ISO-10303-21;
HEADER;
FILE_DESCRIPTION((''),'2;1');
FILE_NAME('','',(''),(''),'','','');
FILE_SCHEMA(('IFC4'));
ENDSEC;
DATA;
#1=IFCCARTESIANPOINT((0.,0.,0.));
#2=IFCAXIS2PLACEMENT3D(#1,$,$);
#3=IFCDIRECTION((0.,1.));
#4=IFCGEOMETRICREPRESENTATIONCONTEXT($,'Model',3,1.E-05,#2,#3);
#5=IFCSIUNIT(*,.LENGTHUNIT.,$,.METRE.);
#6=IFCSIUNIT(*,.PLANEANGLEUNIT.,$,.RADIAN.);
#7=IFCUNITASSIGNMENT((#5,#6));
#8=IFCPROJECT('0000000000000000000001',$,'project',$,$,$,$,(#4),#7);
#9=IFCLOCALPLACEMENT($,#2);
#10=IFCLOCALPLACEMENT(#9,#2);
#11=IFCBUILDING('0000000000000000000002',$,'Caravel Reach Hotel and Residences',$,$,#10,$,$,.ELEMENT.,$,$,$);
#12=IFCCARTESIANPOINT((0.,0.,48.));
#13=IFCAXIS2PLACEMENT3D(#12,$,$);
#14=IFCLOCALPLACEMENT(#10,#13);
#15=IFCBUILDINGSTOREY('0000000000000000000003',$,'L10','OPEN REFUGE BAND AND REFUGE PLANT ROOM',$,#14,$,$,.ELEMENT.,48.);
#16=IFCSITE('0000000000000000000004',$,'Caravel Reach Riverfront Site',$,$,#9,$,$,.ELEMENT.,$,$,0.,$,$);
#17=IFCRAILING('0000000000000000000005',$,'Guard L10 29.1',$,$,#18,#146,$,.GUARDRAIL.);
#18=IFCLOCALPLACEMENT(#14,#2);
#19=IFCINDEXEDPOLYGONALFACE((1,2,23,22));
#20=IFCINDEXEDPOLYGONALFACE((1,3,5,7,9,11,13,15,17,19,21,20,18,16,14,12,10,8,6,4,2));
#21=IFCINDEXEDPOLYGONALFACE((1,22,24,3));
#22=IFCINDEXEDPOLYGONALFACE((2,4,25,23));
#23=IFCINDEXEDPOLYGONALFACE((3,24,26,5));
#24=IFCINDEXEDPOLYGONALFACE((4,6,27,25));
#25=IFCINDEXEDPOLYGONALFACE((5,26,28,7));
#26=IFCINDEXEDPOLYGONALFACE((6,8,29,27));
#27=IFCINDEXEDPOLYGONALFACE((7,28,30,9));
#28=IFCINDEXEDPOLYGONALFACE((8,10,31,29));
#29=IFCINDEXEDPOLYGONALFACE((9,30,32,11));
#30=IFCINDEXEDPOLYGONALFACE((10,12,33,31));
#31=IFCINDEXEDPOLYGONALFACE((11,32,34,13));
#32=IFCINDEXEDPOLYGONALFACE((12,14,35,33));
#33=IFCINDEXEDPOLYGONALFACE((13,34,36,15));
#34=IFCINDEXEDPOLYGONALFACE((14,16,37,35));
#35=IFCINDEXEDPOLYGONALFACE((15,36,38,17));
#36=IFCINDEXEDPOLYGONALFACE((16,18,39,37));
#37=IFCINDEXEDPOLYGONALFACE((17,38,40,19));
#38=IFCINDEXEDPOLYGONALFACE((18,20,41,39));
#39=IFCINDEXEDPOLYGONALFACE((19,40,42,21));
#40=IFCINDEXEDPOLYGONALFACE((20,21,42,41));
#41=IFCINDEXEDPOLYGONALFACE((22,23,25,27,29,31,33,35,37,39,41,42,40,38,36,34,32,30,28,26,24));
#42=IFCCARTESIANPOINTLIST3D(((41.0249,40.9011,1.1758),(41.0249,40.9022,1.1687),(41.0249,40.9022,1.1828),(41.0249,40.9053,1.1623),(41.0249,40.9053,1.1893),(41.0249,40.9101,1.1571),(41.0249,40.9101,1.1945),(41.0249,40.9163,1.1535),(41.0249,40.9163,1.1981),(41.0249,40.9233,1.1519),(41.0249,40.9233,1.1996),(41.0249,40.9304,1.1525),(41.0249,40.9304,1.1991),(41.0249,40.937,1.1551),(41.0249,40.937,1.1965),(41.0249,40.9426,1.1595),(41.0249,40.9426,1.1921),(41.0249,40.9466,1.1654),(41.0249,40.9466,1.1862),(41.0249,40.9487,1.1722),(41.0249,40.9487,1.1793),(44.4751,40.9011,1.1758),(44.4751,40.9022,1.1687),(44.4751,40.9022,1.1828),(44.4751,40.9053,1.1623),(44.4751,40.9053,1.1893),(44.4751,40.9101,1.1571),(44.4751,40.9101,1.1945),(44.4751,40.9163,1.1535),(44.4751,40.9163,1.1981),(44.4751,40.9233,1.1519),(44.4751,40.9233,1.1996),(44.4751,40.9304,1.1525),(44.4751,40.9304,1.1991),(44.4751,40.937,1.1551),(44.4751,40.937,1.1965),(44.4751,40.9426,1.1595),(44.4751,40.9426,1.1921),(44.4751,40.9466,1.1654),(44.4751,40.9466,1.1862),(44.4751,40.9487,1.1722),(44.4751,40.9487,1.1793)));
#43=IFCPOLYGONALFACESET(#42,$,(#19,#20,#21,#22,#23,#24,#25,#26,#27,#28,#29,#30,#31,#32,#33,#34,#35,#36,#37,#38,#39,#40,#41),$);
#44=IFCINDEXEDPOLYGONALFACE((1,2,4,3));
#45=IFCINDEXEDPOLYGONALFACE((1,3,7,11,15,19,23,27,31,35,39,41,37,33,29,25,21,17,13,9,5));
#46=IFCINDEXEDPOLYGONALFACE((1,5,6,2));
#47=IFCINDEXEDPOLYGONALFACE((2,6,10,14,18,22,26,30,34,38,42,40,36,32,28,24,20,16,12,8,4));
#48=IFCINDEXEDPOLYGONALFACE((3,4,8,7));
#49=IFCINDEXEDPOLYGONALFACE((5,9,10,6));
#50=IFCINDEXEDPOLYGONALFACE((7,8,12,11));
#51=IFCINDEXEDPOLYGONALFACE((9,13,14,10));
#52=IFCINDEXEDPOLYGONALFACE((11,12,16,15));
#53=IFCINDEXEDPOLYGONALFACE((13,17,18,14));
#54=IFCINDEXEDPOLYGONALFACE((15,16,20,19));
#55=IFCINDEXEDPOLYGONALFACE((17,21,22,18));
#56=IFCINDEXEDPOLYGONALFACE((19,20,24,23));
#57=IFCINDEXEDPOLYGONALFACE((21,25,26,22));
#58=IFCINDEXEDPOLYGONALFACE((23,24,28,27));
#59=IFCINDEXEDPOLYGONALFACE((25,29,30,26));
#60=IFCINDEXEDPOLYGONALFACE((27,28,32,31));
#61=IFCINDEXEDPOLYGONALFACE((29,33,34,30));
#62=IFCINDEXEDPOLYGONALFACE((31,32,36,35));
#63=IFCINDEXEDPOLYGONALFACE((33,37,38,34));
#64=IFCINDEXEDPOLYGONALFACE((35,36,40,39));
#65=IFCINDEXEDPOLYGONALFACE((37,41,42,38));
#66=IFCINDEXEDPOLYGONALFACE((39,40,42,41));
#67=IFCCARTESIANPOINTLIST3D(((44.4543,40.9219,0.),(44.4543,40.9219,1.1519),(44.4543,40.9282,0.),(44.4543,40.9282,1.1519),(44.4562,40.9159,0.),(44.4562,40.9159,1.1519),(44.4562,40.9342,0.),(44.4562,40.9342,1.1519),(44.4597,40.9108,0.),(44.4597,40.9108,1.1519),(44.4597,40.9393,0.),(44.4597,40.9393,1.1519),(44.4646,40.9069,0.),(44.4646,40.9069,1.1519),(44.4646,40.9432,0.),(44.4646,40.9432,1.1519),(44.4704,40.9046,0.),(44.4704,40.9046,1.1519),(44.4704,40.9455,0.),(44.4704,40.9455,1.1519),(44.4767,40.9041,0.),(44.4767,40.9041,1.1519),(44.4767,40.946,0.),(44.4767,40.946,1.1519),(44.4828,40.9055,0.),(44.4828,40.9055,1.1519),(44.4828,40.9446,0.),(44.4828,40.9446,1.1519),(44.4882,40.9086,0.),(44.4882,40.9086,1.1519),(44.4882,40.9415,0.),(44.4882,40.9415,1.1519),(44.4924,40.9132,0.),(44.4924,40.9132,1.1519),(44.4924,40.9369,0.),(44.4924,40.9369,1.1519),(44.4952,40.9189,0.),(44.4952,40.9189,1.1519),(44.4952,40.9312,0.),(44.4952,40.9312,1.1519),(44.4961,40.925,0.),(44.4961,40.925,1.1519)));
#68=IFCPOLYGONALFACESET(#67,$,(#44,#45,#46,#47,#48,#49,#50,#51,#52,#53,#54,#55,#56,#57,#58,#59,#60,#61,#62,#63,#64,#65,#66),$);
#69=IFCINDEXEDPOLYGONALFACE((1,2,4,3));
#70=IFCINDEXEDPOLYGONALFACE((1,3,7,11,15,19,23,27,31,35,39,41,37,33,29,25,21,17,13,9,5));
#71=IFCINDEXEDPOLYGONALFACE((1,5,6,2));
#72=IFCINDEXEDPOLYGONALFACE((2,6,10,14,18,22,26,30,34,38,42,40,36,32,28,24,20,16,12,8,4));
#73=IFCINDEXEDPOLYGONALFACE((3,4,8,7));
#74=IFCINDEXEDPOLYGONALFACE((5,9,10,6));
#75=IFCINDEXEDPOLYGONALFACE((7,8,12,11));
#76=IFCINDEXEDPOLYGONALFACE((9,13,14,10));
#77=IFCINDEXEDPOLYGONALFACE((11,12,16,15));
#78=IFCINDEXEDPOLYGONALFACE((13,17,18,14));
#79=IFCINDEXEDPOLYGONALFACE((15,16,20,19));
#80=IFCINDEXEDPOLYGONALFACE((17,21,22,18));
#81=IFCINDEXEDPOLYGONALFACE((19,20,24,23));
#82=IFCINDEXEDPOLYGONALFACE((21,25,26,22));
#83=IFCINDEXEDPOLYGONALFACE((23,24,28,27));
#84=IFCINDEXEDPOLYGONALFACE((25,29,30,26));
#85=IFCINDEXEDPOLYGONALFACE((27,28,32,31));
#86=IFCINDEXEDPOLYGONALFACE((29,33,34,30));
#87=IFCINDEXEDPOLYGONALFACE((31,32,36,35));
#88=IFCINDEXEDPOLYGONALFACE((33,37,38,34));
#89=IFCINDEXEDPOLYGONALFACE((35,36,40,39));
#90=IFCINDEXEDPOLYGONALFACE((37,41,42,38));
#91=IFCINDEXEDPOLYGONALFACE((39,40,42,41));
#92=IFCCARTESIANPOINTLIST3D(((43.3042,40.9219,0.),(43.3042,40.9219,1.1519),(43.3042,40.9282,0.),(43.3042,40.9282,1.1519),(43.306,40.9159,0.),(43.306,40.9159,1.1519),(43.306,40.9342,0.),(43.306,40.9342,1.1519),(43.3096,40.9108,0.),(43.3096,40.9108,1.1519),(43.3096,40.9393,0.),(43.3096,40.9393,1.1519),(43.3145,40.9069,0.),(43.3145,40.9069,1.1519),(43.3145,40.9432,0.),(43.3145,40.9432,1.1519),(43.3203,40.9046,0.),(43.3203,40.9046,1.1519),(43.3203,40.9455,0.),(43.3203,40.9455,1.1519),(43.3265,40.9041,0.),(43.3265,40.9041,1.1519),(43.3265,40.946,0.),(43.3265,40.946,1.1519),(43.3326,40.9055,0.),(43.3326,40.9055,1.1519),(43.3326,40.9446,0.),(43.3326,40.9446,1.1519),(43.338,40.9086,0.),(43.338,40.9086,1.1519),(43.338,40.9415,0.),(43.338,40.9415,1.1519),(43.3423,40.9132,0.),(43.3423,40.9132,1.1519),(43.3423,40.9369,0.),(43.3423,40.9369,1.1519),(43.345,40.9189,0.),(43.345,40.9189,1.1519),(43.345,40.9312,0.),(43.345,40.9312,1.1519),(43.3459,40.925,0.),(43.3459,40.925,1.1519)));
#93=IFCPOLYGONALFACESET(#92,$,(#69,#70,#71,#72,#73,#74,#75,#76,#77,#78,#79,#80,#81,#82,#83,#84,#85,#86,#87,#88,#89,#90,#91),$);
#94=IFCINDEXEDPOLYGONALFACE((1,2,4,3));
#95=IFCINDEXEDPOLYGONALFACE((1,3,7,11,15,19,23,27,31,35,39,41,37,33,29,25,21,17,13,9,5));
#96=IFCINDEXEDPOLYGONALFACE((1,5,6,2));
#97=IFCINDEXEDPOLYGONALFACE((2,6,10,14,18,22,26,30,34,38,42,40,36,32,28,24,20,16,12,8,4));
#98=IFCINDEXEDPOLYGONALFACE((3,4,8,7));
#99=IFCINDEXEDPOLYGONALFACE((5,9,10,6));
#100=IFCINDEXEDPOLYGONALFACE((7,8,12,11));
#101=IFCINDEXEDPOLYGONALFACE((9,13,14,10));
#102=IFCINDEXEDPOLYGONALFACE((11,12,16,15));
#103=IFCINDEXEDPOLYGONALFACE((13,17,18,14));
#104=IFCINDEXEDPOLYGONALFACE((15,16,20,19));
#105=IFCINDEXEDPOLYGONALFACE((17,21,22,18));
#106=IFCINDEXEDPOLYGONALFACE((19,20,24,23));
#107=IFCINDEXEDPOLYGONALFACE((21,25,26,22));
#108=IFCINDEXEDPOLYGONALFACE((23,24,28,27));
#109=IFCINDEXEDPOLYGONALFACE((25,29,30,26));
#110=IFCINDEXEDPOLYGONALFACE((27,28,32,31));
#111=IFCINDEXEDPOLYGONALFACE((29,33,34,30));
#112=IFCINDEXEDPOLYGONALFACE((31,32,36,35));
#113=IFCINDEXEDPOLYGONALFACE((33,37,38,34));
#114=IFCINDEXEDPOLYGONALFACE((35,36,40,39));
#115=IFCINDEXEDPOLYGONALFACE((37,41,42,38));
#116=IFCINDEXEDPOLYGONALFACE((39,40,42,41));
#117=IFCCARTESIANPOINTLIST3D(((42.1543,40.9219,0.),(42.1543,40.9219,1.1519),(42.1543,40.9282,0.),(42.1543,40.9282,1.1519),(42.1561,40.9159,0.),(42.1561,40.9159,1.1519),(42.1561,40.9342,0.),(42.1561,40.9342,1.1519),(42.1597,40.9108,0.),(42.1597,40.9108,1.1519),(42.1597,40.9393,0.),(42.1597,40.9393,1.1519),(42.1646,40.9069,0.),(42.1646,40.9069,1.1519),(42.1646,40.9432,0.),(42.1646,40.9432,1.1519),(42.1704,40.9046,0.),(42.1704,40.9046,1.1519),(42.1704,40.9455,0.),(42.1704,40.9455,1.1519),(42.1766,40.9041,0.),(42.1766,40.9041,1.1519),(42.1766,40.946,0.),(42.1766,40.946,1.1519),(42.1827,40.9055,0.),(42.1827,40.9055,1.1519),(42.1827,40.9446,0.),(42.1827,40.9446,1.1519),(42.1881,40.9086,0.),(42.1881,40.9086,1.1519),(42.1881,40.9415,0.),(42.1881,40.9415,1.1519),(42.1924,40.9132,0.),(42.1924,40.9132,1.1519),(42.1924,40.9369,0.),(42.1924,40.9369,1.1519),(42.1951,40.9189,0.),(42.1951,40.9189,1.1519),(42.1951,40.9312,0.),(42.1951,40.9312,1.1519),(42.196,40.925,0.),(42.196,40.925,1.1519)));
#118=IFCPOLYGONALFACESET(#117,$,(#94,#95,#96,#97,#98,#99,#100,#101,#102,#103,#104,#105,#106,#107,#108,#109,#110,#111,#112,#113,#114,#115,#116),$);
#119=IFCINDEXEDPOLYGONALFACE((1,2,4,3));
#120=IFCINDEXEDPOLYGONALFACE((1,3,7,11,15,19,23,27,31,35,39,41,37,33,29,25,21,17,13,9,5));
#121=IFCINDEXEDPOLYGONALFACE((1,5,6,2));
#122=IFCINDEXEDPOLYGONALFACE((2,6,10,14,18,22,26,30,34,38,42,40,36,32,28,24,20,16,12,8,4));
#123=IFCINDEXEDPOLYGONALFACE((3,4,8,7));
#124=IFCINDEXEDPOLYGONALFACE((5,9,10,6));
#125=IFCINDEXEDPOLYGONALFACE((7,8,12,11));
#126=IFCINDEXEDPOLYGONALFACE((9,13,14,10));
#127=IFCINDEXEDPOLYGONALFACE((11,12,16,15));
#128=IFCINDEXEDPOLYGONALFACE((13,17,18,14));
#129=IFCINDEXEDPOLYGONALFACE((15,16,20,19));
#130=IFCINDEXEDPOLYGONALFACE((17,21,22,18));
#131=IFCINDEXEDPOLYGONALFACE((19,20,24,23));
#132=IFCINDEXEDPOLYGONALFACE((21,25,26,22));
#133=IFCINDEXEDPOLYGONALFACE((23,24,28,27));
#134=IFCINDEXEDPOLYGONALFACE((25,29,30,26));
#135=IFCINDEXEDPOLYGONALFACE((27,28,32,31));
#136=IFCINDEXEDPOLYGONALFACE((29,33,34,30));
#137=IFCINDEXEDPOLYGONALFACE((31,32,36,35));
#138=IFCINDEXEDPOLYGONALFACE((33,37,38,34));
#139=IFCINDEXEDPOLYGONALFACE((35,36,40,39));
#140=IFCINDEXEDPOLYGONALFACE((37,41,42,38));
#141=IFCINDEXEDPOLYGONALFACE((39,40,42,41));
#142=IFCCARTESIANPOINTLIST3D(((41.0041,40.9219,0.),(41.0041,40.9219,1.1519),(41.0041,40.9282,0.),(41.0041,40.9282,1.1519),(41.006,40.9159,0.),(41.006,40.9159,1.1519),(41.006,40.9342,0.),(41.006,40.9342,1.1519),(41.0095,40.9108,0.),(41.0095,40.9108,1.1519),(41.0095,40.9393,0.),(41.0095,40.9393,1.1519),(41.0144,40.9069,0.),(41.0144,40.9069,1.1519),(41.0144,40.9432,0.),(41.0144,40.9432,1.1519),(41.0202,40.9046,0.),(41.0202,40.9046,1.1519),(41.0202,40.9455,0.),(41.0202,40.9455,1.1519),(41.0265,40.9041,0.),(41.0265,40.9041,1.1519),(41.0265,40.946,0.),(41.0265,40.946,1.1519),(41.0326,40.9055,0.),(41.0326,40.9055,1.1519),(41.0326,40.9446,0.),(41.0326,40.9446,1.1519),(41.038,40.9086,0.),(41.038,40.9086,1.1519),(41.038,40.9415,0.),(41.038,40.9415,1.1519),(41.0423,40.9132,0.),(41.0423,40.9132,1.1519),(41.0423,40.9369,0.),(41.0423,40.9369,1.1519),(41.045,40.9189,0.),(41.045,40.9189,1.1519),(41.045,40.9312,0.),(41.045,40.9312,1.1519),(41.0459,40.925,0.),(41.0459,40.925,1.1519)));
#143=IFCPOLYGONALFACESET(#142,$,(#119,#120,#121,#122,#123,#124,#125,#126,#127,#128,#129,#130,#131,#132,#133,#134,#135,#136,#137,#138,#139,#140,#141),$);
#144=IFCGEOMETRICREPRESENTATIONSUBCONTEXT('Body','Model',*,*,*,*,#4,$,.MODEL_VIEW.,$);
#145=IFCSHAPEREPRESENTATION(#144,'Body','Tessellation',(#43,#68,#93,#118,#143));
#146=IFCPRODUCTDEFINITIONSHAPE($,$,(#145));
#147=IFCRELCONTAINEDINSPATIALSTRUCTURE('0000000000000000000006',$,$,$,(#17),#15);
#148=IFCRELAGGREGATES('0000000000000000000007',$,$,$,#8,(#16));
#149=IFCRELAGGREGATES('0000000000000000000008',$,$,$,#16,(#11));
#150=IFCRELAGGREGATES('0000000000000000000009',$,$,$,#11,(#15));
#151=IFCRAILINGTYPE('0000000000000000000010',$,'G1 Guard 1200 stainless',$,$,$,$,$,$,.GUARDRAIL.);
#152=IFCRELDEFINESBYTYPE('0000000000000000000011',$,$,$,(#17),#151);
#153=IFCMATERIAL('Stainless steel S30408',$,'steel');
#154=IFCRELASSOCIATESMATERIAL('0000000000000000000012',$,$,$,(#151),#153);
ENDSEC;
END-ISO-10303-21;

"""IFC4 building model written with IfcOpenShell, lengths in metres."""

from ifc_helpers import new_model, si_unit, direction, frame, origin, origin_2d, place, context, subcontext, project, spatial, circle, extrude, material, type_object, element, save


model = new_model("IFC4")

# Units and contexts
model_context = context("Model", 3, precision=1e-05, world=origin(), true_north=direction((0.0, 1.0)))
body_context = subcontext(model_context, "Body", "Model", "MODEL_VIEW")
ifc_project = project(units=[si_unit("LENGTHUNIT", "METRE"), si_unit("PLANEANGLEUNIT", "RADIAN")], contexts=[model_context])

# Site, building, storey
site_placement = place(None, origin())
site = spatial("IfcSite", under=ifc_project, at=site_placement, Name="Caravel Reach Riverfront Site", CompositionType="ELEMENT", RefElevation=0.0)
building_placement = place(site_placement, origin())
building = spatial("IfcBuilding", under=site, at=building_placement, Name="Caravel Reach Hotel and Residences", CompositionType="ELEMENT")
storey_placement = place(building_placement, frame((0.0, 0.0, 48.0)))
storey = spatial("IfcBuildingStorey", under=building, at=storey_placement, Name="L10", Description="OPEN REFUGE BAND AND REFUGE PLANT ROOM", CompositionType="ELEMENT", Elevation=48.0)

# Railing
ifc_material_1 = material(Name="Stainless steel S30408", Category="steel")
railing_type = type_object("IfcRailingType", Name="G1 Guard 1200 stainless", PredefinedType="GUARDRAIL", material=ifc_material_1)
railing_1_placement = place(storey_placement, frame((44.4751, 40.925, 0.0)))
element("IfcRailing", 1, at=railing_1_placement, inside=storey, type_object=railing_type, Name="Guard L10 29.1", PredefinedType="GUARDRAIL", context=body_context, shape_type="SweptSolid", body=[
    extrude(circle(Radius=0.0239, at=origin_2d()), frame((0.0, 0.0, 1.1758), z_axis=(-1.0, 0.0, 0.0), x_axis=(0.0, -1.0, 0.0)), (0.0, 0.0, 1.0), 3.4502),
    extrude(circle(Radius=0.021, at=origin_2d()), origin(), (0.0, 0.0, 1.0), 1.1519),
    extrude(circle(Radius=0.021, at=origin_2d()), frame((-1.1501, 0.0, 0.0)), (0.0, 0.0, 1.0), 1.1519),
    extrude(circle(Radius=0.021, at=origin_2d()), frame((-2.3, 0.0, 0.0)), (0.0, 0.0, 1.0), 1.1519),
    extrude(circle(Radius=0.021, at=origin_2d()), frame((-3.4502, 0.0, 0.0)), (0.0, 0.0, 1.0), 1.1519),
])

save(model, "model.ifc")
